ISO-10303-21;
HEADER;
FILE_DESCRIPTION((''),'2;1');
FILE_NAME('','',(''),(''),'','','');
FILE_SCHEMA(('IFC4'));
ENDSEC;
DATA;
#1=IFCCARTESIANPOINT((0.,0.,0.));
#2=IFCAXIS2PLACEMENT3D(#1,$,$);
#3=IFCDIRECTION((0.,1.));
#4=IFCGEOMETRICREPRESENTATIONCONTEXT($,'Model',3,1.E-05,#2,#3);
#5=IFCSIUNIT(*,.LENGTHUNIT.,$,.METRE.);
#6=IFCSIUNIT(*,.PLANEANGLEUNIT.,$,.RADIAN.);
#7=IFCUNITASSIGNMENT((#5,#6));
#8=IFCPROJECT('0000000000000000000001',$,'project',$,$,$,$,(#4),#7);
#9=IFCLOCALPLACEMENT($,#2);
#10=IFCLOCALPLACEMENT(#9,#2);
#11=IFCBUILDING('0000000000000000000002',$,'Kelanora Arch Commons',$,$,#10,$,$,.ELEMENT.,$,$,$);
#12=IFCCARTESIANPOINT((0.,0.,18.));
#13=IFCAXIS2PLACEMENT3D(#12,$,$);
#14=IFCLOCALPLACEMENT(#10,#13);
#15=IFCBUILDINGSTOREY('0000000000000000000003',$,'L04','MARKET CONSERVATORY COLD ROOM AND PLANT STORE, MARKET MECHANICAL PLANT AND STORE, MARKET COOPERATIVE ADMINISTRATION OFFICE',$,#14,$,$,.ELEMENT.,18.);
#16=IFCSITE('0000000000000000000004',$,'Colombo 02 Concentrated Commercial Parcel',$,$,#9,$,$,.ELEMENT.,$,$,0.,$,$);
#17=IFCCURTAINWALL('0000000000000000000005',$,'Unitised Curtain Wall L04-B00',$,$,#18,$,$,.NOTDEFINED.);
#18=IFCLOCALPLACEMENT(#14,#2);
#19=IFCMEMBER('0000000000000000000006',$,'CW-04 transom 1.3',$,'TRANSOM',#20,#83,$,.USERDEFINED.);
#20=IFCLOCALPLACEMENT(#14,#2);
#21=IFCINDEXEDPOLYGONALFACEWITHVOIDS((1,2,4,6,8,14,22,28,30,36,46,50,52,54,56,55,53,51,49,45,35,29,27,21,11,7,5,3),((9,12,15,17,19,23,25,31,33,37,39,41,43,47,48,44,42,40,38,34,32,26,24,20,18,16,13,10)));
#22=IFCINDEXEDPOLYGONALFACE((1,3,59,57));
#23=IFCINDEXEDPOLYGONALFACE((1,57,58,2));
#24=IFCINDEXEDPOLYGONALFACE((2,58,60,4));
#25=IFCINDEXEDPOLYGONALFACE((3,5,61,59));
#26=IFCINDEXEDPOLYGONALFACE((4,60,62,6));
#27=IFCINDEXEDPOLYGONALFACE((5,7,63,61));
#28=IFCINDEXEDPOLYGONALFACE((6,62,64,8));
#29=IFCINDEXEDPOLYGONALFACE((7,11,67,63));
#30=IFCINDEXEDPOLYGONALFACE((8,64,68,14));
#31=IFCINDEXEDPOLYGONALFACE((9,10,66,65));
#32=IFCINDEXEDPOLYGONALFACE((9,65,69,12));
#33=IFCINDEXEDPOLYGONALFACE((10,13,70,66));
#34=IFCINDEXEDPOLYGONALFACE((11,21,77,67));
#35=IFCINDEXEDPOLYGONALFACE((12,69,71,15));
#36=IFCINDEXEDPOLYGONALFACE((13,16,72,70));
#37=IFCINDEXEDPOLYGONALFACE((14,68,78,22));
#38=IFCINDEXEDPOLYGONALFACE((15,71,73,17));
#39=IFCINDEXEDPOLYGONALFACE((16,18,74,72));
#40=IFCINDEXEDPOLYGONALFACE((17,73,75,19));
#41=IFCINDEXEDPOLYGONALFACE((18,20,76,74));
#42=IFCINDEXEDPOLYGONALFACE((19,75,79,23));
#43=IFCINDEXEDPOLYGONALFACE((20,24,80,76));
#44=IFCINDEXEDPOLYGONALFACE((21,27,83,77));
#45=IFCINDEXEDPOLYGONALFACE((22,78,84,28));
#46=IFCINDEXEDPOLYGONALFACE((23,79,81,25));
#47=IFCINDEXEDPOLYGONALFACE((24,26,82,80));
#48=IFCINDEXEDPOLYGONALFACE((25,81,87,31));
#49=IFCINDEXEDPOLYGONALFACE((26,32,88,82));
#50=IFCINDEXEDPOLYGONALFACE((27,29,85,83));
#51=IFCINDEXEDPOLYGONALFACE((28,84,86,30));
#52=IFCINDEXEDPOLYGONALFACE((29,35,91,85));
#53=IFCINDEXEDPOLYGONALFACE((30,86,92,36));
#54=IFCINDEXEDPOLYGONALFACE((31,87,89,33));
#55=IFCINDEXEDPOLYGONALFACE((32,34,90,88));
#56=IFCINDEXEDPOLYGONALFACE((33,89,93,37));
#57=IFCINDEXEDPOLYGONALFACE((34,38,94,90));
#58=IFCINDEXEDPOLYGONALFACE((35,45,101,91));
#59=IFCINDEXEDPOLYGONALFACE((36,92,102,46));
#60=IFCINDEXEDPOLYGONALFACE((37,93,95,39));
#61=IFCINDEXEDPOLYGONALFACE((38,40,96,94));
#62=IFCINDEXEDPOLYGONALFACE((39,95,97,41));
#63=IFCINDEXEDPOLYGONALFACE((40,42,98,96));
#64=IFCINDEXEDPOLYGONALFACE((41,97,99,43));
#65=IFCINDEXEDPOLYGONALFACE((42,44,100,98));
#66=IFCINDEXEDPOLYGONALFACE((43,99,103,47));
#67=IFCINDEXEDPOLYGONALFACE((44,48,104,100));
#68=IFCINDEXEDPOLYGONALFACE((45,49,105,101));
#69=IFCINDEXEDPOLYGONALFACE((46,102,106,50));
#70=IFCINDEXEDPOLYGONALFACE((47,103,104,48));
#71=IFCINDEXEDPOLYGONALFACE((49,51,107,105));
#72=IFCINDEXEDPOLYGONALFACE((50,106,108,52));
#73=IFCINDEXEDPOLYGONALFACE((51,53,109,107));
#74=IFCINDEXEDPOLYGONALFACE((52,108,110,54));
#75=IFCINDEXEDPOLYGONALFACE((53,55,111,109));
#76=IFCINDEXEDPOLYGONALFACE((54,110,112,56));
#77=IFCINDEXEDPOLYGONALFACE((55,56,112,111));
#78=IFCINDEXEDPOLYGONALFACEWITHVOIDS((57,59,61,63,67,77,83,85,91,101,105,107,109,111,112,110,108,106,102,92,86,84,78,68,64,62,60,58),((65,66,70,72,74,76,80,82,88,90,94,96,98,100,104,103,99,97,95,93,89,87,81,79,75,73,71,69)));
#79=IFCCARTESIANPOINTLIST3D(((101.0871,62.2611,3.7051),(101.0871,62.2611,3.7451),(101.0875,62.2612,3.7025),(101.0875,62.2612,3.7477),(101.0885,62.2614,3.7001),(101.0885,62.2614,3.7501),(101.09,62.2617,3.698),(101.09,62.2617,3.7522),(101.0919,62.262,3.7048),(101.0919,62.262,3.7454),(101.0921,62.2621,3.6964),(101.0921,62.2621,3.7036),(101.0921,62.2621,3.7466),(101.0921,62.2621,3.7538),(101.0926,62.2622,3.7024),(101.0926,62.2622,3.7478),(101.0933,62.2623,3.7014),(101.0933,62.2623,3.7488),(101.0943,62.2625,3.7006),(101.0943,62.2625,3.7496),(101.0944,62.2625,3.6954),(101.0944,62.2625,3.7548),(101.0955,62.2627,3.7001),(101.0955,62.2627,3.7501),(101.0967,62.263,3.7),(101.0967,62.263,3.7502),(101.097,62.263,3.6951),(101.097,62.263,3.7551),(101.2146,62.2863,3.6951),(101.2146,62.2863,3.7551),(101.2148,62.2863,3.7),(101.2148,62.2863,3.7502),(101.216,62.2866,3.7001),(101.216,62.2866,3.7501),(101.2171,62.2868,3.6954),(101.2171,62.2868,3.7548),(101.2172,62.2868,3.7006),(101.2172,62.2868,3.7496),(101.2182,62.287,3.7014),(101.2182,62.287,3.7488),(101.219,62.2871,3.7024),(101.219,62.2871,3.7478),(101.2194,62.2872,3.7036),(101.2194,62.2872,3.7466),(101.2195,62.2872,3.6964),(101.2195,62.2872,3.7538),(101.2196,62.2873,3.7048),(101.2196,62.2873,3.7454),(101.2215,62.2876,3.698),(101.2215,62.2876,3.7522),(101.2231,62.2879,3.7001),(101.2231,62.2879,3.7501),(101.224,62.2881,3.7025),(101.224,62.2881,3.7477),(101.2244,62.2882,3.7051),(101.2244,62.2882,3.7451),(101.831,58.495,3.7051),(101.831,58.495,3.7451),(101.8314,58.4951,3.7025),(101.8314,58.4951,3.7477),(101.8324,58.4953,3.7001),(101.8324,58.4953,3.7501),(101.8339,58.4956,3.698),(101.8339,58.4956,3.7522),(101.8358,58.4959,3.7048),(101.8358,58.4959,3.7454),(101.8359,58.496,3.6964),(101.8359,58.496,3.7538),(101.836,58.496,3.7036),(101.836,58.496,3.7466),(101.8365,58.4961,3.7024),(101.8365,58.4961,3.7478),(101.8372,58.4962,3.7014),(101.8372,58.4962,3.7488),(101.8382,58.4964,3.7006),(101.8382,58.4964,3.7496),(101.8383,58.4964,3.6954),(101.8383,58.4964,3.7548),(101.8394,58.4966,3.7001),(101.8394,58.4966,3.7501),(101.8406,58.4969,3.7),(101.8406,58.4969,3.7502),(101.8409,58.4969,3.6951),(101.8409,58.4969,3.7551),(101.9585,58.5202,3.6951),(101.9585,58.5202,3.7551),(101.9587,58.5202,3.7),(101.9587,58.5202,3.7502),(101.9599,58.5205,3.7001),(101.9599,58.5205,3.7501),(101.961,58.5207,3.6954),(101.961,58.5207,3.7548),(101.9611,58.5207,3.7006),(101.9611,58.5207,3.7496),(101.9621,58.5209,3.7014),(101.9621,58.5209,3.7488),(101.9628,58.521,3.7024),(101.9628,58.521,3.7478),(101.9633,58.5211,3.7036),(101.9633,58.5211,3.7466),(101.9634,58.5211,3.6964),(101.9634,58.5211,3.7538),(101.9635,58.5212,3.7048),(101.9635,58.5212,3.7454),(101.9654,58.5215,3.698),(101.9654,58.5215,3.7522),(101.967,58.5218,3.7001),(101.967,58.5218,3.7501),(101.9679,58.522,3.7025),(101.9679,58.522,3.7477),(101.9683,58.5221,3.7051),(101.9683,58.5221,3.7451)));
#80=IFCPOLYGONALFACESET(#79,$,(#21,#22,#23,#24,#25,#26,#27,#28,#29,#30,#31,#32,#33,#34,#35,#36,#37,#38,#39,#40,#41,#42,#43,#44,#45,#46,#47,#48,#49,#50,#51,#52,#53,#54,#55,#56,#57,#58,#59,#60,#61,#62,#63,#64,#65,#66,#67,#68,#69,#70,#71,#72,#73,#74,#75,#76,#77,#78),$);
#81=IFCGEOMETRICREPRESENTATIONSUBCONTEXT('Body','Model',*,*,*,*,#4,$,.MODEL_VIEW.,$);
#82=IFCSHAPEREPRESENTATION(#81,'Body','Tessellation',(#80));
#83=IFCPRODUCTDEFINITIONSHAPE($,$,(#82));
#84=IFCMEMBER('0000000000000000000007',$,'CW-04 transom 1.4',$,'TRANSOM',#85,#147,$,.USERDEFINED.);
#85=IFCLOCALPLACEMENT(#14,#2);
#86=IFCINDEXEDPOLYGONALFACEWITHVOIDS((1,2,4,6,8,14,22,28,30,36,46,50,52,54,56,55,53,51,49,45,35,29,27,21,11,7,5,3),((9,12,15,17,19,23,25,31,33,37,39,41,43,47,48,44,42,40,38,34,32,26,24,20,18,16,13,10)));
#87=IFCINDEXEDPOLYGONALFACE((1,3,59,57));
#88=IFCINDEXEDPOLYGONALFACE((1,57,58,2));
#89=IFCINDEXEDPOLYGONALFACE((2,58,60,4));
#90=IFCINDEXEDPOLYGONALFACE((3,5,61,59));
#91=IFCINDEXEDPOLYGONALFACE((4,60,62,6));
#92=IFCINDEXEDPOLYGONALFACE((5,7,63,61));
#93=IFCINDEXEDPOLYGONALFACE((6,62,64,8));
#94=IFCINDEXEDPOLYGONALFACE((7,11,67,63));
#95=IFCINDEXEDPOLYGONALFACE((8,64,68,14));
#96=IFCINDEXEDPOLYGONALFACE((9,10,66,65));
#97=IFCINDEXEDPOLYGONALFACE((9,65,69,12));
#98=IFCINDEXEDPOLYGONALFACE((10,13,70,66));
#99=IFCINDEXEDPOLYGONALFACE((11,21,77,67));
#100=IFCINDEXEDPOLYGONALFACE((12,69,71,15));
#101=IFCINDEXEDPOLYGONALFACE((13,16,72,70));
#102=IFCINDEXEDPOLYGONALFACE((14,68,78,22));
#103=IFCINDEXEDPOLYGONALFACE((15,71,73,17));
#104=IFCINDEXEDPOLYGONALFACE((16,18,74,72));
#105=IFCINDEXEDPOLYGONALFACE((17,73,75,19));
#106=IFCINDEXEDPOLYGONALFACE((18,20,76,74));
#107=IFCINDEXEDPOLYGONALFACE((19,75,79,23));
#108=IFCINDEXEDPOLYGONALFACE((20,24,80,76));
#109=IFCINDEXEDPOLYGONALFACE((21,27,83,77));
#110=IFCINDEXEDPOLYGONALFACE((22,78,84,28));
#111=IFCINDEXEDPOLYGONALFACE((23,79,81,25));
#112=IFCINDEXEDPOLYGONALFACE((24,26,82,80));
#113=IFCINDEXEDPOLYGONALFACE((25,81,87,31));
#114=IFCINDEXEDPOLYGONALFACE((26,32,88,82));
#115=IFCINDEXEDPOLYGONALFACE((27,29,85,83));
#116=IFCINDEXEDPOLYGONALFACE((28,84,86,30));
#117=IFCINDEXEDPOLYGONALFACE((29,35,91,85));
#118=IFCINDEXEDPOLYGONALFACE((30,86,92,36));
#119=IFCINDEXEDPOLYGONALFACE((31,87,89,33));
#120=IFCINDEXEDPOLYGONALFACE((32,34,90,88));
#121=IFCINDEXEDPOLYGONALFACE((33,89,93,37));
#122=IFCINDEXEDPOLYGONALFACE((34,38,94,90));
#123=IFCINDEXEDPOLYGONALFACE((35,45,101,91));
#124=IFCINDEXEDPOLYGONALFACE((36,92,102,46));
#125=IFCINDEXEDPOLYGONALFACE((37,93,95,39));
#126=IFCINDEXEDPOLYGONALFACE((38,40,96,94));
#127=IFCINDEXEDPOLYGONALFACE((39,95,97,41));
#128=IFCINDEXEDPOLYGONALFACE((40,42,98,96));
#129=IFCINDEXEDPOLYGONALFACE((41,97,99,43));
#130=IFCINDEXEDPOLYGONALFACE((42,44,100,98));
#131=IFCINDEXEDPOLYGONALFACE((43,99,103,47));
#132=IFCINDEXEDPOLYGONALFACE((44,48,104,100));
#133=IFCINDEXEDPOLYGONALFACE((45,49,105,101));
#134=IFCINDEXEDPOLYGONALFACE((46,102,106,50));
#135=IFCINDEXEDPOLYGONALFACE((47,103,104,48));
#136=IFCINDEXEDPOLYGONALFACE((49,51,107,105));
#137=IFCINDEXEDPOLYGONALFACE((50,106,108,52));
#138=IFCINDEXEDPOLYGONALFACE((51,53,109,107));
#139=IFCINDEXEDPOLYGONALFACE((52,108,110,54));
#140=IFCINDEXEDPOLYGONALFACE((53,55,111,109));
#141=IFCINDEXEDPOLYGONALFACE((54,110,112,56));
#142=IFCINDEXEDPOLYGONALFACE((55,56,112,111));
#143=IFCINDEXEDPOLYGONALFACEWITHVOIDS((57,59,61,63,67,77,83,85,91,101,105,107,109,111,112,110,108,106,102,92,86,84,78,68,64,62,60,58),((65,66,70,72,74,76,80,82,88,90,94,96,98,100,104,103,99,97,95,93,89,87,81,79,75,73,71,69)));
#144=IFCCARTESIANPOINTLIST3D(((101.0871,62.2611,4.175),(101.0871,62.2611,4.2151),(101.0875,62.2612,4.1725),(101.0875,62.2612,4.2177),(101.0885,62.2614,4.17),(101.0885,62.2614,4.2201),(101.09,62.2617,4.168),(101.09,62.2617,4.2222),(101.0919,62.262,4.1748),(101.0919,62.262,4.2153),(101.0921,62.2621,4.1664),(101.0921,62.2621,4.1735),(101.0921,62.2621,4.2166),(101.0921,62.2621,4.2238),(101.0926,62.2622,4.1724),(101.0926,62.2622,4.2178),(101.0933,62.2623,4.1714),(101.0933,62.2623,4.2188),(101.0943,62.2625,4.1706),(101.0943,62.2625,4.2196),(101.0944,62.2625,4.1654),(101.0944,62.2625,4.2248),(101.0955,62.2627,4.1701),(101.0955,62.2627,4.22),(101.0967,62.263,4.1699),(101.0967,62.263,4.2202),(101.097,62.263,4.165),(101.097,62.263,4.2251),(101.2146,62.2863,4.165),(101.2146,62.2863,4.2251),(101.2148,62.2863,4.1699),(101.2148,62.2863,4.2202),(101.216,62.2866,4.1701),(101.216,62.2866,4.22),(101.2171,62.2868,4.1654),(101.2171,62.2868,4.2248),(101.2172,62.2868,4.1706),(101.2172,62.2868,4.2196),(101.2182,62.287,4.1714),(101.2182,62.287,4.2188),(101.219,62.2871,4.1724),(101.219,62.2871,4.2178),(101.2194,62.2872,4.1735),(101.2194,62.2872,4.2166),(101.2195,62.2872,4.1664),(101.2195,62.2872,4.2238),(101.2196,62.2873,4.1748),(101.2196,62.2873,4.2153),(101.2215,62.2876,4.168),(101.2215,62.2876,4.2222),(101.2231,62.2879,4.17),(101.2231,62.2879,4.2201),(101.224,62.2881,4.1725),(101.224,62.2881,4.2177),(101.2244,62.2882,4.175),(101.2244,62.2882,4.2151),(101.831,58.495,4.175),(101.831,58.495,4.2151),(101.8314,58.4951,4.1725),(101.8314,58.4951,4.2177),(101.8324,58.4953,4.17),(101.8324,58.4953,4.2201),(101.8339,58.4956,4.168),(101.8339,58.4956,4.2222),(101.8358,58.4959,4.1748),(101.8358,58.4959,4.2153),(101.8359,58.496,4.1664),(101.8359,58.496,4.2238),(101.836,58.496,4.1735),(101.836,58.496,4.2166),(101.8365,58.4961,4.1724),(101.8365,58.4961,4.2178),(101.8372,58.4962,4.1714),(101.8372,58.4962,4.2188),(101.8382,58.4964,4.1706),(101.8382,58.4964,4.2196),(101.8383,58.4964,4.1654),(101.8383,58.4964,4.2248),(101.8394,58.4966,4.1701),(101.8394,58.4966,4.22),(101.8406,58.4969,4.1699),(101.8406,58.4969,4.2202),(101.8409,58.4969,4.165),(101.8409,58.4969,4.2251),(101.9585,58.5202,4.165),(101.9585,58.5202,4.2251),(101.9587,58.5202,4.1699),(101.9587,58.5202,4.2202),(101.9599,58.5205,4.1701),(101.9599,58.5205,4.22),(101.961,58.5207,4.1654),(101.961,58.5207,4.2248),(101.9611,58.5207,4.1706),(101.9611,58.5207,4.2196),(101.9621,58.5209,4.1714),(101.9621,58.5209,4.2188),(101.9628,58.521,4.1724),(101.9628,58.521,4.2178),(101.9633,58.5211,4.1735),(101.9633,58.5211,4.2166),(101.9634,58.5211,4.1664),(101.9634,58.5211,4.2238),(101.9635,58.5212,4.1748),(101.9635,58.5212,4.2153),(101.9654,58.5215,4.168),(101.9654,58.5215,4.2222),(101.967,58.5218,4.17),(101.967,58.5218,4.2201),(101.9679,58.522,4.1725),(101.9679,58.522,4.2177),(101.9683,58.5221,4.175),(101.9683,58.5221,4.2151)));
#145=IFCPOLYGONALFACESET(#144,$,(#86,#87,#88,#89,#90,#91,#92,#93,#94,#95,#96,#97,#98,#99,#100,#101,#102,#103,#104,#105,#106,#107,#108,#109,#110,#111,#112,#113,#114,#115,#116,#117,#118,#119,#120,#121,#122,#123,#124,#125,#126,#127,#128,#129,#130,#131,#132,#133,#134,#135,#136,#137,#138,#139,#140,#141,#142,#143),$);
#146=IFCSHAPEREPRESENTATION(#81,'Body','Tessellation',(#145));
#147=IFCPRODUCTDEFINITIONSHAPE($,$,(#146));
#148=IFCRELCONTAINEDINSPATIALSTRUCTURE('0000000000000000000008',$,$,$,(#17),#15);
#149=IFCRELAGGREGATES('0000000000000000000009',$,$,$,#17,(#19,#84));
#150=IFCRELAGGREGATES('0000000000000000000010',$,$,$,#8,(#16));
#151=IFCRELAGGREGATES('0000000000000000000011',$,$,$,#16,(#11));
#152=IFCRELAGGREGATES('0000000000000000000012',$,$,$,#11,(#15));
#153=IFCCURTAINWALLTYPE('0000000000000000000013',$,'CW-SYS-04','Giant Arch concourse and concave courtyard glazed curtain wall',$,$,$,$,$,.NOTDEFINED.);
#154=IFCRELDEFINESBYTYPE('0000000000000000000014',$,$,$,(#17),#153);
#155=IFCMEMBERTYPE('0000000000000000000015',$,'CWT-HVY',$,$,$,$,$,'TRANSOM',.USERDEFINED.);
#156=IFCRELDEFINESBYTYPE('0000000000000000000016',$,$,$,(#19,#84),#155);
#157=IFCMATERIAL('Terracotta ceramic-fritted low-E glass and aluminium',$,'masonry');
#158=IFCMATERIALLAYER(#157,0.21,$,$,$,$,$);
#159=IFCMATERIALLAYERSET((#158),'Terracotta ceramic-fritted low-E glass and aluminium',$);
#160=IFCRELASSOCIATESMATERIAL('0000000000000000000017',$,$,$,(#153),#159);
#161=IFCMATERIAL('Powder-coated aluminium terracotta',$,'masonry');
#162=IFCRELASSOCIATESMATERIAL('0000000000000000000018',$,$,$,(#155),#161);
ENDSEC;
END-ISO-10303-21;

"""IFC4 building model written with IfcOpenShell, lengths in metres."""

from ifc_helpers import new_model, si_unit, direction, frame, origin, origin_2d, place, context, subcontext, project, spatial, hollow_rectangle, extrude, material, layer, layer_set, material_profile, profile_set, type_object, element, aggregate, save


model = new_model("IFC4")

# Units and contexts
model_context = context("Model", 3, precision=1e-05, world=origin(), true_north=direction((0.0, 1.0)))
body_context = subcontext(model_context, "Body", "Model", "MODEL_VIEW")
ifc_project = project(units=[si_unit("LENGTHUNIT", "METRE"), si_unit("PLANEANGLEUNIT", "RADIAN")], contexts=[model_context])

# Site, building, storey
site_placement = place(None, origin())
site = spatial("IfcSite", under=ifc_project, at=site_placement, Name="Colombo 02 Concentrated Commercial Parcel", CompositionType="ELEMENT", RefElevation=0.0)
building_placement = place(site_placement, origin())
building = spatial("IfcBuilding", under=site, at=building_placement, Name="Kelanora Arch Commons", CompositionType="ELEMENT")
storey_placement = place(building_placement, frame((0.0, 0.0, 18.0)))
storey = spatial("IfcBuildingStorey", under=building, at=storey_placement, Name="L04", Description="MARKET CONSERVATORY COLD ROOM AND PLANT STORE, MARKET MECHANICAL PLANT AND STORE, MARKET COOPERATIVE ADMINISTRATION OFFICE", CompositionType="ELEMENT", Elevation=18.0)

# Curtain wall, members
ifc_material_1 = material(Name="Terracotta ceramic-fritted low-E glass and aluminium", Category="masonry")
ifc_layer_1 = layer(ifc_material_1, 0.21)
ifc_layer_set_1 = layer_set([ifc_layer_1], Name="Terracotta ceramic-fritted low-E glass and aluminium")
curtain_wall_type = type_object("IfcCurtainWallType", Name="CW-SYS-04", Description="Giant Arch concourse and concave courtyard glazed curtain wall", PredefinedType="NOTDEFINED", material=ifc_layer_set_1)
curtain_wall_placement = place(storey_placement, origin())
curtain_wall = element("IfcCurtainWall", 1, at=curtain_wall_placement, inside=storey, type_object=curtain_wall_type, Name="Unitised Curtain Wall L04-B00", PredefinedType="NOTDEFINED")
ifc_material_2 = material(Name="Powder-coated aluminium terracotta", Category="masonry")
ifc_material_profile_1 = material_profile(ifc_material_2, hollow_rectangle(XDim=0.1399, YDim=0.0601, WallThickness=0.0049, InnerFilletRadius=0.0049, OuterFilletRadius=0.01, at=origin_2d()), Name="CWT140x60")
ifc_profile_set_1 = profile_set([ifc_material_profile_1], Name="Powder-coated aluminium terracotta")
member_type_1 = type_object("IfcMemberType", Name="CWT-HVY", ElementType="TRANSOM", PredefinedType="USERDEFINED", material=ifc_profile_set_1)
member_1_placement = place(storey_placement, frame((101.8997, 58.5085, 3.7251), z_axis=(-0.19378, 0.981045, 0.0), x_axis=(-0.981045, -0.19378, 0.0)))
member_1 = element("IfcMember", 2, at=member_1_placement, type_object=member_type_1, Name="CW-04 transom 1.3", ObjectType="TRANSOM", PredefinedType="USERDEFINED", context=body_context, shape_type="SweptSolid", body=[
    extrude(hollow_rectangle(XDim=0.1399, YDim=0.0601, WallThickness=0.0049, InnerFilletRadius=0.0049, OuterFilletRadius=0.01, at=origin_2d()), origin(), (0.0, 0.0, 1.0), 3.8389),
])
member_2_placement = place(storey_placement, frame((101.8997, 58.5085, 4.1951), z_axis=(-0.19378, 0.981045, 0.0), x_axis=(-0.981045, -0.19378, 0.0)))
member_2 = element("IfcMember", 3, at=member_2_placement, type_object=member_type_1, Name="CW-04 transom 1.4", ObjectType="TRANSOM", PredefinedType="USERDEFINED", context=body_context, shape_type="SweptSolid", body=[
    extrude(hollow_rectangle(XDim=0.1399, YDim=0.0601, WallThickness=0.0049, InnerFilletRadius=0.0049, OuterFilletRadius=0.01, at=origin_2d()), origin(), (0.0, 0.0, 1.0), 3.8389),
])
aggregate(curtain_wall, [member_1, member_2])

save(model, "model.ifc")
